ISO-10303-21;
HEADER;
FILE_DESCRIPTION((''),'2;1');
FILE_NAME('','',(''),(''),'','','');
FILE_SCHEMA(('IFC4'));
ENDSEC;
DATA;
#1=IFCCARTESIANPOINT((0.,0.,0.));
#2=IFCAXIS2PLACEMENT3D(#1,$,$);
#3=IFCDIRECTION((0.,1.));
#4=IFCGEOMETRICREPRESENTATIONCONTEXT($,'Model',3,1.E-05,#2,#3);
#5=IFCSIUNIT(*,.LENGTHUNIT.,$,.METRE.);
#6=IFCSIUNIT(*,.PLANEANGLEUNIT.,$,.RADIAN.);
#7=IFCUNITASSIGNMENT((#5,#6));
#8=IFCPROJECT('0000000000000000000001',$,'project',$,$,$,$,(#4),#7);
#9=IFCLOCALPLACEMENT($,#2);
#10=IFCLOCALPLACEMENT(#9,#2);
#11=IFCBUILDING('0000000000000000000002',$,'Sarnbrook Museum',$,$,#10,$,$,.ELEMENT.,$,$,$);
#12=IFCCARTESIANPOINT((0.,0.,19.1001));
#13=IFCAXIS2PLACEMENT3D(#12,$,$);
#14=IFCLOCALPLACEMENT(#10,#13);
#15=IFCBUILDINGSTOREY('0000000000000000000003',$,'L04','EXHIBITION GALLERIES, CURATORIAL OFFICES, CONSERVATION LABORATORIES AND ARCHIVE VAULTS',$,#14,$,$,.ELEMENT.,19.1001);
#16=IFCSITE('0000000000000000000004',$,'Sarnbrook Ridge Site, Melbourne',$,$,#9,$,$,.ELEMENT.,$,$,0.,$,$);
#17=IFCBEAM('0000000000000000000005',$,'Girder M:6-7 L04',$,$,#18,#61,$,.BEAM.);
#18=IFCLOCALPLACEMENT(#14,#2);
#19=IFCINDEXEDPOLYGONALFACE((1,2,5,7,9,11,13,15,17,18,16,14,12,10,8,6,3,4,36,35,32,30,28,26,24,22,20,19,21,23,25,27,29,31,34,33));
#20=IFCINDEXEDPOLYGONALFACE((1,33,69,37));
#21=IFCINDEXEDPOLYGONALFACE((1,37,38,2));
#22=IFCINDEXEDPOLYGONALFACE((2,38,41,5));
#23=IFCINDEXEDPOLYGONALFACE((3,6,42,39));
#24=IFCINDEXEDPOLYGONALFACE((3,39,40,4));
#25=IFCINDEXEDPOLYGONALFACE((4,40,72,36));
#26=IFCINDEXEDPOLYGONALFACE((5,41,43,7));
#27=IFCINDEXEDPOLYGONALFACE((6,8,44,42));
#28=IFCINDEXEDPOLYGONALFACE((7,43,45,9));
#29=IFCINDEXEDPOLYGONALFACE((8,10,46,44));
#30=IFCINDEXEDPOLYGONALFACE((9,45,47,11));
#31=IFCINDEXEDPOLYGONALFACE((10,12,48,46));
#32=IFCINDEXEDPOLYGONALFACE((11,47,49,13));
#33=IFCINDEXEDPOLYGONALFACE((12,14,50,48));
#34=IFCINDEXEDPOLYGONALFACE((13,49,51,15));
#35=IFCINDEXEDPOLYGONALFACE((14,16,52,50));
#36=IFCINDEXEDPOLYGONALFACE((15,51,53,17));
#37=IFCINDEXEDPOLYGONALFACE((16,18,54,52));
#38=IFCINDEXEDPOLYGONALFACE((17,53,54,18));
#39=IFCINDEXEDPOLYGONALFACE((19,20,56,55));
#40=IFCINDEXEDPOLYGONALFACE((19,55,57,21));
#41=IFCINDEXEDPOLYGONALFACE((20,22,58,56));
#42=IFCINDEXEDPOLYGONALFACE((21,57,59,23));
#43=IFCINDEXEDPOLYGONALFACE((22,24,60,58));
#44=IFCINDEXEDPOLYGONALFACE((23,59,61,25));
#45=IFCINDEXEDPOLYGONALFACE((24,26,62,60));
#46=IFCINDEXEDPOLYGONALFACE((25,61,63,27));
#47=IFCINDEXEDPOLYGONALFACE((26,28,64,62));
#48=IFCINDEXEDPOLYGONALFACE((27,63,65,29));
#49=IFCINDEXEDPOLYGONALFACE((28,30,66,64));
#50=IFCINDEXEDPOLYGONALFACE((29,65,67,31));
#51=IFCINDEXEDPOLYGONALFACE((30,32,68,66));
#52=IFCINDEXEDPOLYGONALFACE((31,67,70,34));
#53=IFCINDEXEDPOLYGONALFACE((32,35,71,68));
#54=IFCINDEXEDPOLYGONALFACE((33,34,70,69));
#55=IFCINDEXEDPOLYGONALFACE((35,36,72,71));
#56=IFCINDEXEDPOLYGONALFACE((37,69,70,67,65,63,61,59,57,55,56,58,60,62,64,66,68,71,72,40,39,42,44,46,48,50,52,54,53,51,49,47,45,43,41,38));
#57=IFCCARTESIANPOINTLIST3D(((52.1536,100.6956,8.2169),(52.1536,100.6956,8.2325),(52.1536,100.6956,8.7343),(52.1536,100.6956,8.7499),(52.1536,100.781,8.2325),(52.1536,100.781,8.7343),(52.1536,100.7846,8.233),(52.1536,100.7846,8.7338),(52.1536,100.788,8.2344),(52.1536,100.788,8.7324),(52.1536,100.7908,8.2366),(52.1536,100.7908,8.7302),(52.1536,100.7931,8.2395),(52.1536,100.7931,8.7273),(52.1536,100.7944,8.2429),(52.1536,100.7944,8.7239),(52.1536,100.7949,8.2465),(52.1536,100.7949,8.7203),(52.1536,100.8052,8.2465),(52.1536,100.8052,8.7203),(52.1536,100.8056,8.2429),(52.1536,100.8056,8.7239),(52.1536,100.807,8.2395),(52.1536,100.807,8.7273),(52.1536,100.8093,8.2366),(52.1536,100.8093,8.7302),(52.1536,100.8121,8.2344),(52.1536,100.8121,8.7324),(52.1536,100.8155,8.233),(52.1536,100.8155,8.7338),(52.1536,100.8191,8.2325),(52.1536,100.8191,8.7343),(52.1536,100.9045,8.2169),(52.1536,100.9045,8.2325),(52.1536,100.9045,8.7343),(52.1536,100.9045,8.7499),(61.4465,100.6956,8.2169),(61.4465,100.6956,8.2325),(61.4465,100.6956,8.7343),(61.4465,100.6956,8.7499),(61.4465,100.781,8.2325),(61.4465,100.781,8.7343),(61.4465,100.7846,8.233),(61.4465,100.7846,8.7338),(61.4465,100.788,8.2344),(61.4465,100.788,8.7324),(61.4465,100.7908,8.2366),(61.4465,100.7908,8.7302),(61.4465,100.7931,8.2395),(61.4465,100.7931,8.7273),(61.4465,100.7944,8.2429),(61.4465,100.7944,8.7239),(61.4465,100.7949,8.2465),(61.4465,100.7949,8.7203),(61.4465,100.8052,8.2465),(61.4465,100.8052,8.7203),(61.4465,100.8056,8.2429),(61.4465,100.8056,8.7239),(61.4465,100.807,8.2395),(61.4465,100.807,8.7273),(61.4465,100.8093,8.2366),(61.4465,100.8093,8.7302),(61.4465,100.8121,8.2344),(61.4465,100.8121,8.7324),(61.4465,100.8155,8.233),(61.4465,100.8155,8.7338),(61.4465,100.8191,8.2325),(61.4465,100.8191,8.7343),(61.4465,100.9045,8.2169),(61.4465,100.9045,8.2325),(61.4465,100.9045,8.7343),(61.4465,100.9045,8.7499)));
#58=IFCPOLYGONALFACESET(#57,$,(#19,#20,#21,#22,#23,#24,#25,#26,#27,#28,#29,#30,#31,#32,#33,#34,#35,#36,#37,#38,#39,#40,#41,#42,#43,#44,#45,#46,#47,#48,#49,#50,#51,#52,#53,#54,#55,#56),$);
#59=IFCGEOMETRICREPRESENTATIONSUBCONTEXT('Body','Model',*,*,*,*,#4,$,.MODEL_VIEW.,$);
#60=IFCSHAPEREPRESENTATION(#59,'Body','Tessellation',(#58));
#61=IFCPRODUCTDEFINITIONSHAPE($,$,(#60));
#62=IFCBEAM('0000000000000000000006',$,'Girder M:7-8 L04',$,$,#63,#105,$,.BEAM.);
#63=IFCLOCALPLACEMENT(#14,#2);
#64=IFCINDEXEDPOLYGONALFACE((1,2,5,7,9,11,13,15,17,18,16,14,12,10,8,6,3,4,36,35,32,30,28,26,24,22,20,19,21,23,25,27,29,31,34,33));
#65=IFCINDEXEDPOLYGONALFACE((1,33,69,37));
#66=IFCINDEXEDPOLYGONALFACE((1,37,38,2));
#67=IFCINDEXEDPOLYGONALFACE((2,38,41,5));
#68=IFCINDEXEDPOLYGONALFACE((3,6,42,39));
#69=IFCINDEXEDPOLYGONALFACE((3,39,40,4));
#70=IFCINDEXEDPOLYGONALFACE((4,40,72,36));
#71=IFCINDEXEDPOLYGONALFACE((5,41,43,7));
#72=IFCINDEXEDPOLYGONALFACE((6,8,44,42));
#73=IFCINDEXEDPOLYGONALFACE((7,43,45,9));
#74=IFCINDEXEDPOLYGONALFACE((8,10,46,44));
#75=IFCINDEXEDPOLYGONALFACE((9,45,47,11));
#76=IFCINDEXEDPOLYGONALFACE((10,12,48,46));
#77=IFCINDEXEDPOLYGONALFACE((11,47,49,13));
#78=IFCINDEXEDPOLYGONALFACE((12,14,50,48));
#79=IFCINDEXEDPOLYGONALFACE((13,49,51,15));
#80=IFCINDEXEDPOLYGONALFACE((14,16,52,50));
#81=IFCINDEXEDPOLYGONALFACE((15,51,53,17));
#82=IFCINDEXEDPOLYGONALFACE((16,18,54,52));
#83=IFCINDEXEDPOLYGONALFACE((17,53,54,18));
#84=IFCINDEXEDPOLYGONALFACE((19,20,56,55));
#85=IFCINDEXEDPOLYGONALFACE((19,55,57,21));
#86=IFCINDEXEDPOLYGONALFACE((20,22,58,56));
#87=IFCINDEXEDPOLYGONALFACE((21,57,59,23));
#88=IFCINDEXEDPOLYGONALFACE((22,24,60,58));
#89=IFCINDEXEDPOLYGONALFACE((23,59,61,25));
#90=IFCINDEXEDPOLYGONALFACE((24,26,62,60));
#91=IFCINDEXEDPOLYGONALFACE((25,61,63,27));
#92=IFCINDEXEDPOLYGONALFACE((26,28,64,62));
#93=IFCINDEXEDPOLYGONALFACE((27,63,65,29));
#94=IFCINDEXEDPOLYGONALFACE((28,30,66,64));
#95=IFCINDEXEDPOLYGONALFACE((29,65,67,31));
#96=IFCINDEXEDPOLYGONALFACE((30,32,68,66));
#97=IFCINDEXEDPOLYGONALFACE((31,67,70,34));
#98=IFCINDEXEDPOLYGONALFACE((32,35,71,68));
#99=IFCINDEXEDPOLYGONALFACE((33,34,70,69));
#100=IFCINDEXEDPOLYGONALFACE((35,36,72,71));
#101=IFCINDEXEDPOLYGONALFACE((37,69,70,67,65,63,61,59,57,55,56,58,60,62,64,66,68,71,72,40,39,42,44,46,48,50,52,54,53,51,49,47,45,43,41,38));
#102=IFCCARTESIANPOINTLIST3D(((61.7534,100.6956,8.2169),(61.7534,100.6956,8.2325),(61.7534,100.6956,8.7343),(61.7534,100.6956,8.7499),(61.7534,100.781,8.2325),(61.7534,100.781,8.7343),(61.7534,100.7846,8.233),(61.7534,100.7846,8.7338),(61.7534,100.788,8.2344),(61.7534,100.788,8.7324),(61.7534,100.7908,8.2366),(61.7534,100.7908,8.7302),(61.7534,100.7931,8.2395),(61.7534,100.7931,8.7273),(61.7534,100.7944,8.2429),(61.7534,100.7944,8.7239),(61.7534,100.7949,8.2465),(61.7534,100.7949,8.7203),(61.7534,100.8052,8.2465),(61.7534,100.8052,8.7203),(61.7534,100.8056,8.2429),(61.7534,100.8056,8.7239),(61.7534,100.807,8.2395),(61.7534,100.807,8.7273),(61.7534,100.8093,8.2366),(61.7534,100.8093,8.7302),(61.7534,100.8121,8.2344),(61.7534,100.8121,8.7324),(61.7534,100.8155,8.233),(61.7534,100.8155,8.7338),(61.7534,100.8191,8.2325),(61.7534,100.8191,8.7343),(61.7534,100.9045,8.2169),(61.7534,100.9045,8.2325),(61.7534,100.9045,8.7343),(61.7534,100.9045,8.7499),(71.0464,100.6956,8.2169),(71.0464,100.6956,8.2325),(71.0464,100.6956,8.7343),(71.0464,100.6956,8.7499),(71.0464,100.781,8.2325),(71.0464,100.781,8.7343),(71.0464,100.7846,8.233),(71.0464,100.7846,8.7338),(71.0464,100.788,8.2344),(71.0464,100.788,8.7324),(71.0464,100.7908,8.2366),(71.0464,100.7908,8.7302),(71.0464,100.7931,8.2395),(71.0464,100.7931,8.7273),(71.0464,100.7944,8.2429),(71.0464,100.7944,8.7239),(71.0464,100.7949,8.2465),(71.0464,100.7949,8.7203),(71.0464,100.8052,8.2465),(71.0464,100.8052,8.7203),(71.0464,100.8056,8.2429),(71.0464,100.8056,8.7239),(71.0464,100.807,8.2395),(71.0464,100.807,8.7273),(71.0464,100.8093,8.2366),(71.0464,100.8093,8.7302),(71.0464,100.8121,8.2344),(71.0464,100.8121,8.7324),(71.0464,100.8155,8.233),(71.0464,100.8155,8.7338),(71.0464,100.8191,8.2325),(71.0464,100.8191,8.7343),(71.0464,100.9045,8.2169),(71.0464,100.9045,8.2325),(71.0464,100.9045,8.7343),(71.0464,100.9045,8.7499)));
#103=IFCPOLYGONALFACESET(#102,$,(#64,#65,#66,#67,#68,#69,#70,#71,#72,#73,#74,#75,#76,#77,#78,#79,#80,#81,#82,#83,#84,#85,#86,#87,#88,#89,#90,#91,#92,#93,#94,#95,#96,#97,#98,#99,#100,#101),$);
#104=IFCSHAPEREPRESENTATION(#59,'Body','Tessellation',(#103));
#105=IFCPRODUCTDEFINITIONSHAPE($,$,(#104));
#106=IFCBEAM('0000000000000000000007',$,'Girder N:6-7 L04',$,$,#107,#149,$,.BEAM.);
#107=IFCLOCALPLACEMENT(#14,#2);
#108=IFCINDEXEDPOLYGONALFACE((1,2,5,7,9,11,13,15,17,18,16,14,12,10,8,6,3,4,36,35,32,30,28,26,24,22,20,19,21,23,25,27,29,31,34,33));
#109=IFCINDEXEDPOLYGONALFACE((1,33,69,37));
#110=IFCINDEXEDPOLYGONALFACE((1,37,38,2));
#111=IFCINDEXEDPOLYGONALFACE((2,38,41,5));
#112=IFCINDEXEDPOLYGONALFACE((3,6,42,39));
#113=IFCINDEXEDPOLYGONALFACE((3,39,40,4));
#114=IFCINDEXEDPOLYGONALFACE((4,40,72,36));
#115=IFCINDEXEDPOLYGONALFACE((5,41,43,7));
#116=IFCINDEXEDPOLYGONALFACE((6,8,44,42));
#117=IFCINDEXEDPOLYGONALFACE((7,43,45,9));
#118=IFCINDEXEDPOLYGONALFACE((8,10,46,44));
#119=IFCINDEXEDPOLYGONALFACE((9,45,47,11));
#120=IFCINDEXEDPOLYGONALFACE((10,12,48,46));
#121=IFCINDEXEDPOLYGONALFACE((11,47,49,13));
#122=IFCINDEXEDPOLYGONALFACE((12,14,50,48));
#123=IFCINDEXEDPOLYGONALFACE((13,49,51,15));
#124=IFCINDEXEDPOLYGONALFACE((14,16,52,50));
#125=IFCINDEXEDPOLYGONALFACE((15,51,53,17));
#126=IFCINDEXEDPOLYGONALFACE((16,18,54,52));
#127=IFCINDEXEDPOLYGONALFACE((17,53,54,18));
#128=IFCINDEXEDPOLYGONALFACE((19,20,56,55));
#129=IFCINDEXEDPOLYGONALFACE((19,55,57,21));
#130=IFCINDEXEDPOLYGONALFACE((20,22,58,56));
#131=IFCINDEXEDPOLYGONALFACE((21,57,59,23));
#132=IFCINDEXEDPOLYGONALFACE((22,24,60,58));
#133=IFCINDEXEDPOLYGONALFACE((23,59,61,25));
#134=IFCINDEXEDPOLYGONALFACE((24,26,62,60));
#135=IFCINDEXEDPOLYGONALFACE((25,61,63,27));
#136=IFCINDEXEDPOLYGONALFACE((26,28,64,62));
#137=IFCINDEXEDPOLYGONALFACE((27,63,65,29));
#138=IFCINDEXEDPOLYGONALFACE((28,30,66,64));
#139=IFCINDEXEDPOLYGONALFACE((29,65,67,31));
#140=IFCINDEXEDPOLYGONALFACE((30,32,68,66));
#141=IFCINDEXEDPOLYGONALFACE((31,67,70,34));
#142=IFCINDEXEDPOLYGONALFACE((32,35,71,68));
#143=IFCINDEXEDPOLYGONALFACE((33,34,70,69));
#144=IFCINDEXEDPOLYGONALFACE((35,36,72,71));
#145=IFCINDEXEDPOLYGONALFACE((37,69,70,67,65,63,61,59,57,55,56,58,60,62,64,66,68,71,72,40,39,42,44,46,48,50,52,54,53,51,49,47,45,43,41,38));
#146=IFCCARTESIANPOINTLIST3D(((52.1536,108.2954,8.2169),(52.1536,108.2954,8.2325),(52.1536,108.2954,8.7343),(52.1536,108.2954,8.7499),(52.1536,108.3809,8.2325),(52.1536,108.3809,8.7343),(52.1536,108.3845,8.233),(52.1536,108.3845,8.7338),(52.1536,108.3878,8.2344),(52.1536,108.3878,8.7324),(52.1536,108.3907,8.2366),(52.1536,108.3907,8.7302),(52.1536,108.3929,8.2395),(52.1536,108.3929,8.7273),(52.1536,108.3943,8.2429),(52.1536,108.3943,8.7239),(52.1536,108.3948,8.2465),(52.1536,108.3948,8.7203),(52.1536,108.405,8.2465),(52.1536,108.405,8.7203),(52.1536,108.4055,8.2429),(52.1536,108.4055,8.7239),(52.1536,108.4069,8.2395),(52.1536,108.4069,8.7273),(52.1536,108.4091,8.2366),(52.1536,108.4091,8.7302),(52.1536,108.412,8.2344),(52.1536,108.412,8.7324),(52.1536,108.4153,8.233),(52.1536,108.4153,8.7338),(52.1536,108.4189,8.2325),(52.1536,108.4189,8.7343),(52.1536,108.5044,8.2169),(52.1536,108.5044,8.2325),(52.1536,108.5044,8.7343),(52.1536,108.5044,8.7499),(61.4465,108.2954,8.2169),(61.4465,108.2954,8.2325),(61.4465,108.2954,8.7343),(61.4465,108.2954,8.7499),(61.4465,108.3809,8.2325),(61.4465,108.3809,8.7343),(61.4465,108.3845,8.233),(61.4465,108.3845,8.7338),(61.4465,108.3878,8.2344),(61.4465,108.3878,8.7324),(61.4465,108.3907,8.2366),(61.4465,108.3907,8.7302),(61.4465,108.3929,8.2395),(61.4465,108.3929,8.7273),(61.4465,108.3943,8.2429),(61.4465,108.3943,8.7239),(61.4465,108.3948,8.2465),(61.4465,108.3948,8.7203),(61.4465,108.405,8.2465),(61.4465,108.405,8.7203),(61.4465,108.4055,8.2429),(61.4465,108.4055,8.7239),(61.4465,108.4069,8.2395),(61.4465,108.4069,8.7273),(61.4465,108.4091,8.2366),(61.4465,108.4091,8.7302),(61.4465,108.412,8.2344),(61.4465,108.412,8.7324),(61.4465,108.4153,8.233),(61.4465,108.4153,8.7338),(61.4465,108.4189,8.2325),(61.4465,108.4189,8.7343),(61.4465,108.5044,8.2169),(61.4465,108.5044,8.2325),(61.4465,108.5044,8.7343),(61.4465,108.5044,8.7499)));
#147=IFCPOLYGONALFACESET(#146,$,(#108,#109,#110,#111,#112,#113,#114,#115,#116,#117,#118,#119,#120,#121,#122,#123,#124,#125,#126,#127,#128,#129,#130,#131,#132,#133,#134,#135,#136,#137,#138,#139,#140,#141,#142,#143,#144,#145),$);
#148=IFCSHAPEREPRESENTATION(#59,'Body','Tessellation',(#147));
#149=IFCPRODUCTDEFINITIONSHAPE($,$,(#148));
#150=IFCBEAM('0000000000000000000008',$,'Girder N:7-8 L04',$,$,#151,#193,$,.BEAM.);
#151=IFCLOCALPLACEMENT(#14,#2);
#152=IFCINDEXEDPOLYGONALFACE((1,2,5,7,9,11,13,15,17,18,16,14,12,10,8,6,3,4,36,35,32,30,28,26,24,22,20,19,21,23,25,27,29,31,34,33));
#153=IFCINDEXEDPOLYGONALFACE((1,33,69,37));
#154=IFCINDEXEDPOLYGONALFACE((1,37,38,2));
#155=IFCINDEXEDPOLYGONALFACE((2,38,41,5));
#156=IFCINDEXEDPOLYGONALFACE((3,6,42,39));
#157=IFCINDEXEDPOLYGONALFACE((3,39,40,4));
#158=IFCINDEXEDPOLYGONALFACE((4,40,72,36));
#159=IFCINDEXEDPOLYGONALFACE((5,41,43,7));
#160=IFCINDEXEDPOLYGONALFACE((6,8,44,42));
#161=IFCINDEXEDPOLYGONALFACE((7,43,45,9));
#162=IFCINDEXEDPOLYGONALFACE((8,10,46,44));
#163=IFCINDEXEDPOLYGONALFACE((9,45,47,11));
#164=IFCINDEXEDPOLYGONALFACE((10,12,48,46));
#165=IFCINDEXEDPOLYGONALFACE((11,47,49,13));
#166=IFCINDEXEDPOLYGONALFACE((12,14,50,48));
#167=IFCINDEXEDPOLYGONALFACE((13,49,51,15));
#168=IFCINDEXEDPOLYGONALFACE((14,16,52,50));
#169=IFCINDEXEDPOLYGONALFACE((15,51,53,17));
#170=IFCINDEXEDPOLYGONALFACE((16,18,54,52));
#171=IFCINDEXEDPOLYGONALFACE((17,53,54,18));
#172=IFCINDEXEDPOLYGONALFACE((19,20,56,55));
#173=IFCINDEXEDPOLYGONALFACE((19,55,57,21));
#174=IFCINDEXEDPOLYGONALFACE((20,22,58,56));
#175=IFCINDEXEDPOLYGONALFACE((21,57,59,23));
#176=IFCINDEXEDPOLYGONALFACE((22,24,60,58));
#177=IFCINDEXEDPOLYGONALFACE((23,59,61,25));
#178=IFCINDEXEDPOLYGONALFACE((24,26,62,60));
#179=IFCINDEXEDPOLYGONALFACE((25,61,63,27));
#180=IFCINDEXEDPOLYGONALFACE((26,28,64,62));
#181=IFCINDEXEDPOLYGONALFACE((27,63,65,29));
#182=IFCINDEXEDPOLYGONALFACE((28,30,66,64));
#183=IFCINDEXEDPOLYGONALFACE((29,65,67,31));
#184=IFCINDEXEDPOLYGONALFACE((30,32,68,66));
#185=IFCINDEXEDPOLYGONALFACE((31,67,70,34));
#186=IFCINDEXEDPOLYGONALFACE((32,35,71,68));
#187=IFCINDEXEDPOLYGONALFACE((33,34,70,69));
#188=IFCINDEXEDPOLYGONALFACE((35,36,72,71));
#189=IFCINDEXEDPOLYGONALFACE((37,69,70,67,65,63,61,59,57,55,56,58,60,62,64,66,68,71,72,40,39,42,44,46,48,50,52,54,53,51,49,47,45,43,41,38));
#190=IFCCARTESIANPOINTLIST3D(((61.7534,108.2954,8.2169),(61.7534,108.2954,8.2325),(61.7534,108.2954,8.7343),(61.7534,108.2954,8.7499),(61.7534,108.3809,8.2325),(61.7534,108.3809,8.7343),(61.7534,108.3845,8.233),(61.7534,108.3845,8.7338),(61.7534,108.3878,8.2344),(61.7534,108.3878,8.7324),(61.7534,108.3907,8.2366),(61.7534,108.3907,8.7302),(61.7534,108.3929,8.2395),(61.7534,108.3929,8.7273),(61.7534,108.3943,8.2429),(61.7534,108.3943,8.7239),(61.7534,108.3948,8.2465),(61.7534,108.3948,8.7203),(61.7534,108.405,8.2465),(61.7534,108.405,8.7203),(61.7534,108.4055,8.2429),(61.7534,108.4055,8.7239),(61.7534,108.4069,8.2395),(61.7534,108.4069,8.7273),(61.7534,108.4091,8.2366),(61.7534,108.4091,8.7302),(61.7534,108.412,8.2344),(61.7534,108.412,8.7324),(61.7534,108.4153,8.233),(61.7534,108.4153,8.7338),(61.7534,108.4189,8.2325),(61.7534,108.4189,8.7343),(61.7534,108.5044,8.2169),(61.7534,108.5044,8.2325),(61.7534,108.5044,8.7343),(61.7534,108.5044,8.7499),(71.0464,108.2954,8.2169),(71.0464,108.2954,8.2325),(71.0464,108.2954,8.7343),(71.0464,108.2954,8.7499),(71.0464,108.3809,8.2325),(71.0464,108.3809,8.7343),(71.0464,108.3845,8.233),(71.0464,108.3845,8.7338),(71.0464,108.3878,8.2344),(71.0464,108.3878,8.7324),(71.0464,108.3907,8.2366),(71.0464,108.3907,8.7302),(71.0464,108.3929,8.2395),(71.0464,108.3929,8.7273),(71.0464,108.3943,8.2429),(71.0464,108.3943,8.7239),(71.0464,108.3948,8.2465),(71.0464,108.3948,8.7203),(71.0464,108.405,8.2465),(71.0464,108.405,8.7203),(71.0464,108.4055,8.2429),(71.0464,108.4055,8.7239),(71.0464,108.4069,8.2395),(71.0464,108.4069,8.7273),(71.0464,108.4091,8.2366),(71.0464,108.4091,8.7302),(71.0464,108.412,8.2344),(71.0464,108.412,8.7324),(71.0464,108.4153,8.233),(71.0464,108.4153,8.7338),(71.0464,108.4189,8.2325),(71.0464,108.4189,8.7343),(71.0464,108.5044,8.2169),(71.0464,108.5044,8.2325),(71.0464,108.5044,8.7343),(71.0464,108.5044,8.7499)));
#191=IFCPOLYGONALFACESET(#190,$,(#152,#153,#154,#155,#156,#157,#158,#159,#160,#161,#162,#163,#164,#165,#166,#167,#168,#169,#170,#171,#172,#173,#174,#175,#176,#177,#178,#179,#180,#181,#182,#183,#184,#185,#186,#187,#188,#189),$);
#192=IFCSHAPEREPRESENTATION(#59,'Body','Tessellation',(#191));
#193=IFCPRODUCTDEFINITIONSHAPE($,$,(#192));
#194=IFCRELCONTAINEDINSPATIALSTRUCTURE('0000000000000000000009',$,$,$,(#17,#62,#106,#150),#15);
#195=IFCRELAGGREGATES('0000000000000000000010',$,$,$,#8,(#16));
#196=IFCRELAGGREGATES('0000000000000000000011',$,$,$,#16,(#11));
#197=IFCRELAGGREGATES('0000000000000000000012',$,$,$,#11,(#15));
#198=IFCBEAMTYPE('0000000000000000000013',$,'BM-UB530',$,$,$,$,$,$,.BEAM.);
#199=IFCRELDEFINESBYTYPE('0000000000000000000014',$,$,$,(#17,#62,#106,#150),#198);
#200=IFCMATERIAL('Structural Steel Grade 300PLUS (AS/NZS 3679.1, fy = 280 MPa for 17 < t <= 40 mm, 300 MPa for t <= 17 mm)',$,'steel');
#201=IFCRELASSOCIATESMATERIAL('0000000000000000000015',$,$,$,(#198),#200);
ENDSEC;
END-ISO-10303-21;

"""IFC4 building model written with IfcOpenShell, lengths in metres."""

from ifc_helpers import new_model, si_unit, direction, frame, origin, origin_2d, place, context, subcontext, project, spatial, i_section, extrude, material, material_profile, profile_set, type_object, element, save


model = new_model("IFC4")

# Units and contexts
model_context = context("Model", 3, precision=1e-05, world=origin(), true_north=direction((0.0, 1.0)))
body_context = subcontext(model_context, "Body", "Model", "MODEL_VIEW")
ifc_project = project(units=[si_unit("LENGTHUNIT", "METRE"), si_unit("PLANEANGLEUNIT", "RADIAN")], contexts=[model_context])

# Site, building, storey
site_placement = place(None, origin())
site = spatial("IfcSite", under=ifc_project, at=site_placement, Name="Sarnbrook Ridge Site, Melbourne", CompositionType="ELEMENT", RefElevation=0.0)
building_placement = place(site_placement, origin())
building = spatial("IfcBuilding", under=site, at=building_placement, Name="Sarnbrook Museum", CompositionType="ELEMENT")
storey_placement = place(building_placement, frame((0.0, 0.0, 19.1001)))
storey = spatial("IfcBuildingStorey", under=building, at=storey_placement, Name="L04", Description="EXHIBITION GALLERIES, CURATORIAL OFFICES, CONSERVATION LABORATORIES AND ARCHIVE VAULTS", CompositionType="ELEMENT", Elevation=19.1001)

# Shared definitions
ifc_material_1 = material(Name="Structural Steel Grade 300PLUS (AS/NZS 3679.1, fy = 280 MPa for 17 < t <= 40 mm, 300 MPa for t <= 17 mm)", Category="steel")

# Beams
ifc_material_profile_1 = material_profile(ifc_material_1, i_section(OverallWidth=0.209, OverallDepth=0.533, WebThickness=0.0103, FlangeThickness=0.0156, FilletRadius=0.0139, at=origin_2d()), Name="530UB92.4")
ifc_profile_set_1 = profile_set([ifc_material_profile_1], Name="Structural Steel Grade 300PLUS (AS/NZS 3679.1, fy = 280 MPa for 17 < t <= 40 mm, 300 MPa for t <= 17 mm)")
beam_type_1 = type_object("IfcBeamType", Name="BM-UB530", PredefinedType="BEAM", material=ifc_profile_set_1)
for number, where, z_axis, x_axis, name in (
    (1, (52.1536, 100.8, 8.4834), (1.0, 0.0, 0.0), (0.0, 1.0, 0.0), "Girder M:6-7 L04"),
    (2, (61.7534, 100.8, 8.4834), (1.0, 0.0, 0.0), (0.0, 1.0, 0.0), "Girder M:7-8 L04"),
    (3, (52.1536, 108.3999, 8.4834), (1.0, 0.0, 0.0), (0.0, 1.0, 0.0), "Girder N:6-7 L04"),
    (4, (61.7534, 108.3999, 8.4834), (1.0, 0.0, 0.0), (0.0, 1.0, 0.0), "Girder N:7-8 L04"),
):
    element("IfcBeam", number, at=place(storey_placement, frame(where, z_axis=z_axis, x_axis=x_axis)), inside=storey, type_object=beam_type_1, Name=name, PredefinedType="BEAM", context=body_context, shape_type="SweptSolid", body=[
        extrude(i_section(OverallWidth=0.209, OverallDepth=0.533, WebThickness=0.0103, FlangeThickness=0.0156, FilletRadius=0.0139, at=origin_2d()), origin(), (0.0, 0.0, 1.0), 9.293),
    ])

save(model, "model.ifc")
